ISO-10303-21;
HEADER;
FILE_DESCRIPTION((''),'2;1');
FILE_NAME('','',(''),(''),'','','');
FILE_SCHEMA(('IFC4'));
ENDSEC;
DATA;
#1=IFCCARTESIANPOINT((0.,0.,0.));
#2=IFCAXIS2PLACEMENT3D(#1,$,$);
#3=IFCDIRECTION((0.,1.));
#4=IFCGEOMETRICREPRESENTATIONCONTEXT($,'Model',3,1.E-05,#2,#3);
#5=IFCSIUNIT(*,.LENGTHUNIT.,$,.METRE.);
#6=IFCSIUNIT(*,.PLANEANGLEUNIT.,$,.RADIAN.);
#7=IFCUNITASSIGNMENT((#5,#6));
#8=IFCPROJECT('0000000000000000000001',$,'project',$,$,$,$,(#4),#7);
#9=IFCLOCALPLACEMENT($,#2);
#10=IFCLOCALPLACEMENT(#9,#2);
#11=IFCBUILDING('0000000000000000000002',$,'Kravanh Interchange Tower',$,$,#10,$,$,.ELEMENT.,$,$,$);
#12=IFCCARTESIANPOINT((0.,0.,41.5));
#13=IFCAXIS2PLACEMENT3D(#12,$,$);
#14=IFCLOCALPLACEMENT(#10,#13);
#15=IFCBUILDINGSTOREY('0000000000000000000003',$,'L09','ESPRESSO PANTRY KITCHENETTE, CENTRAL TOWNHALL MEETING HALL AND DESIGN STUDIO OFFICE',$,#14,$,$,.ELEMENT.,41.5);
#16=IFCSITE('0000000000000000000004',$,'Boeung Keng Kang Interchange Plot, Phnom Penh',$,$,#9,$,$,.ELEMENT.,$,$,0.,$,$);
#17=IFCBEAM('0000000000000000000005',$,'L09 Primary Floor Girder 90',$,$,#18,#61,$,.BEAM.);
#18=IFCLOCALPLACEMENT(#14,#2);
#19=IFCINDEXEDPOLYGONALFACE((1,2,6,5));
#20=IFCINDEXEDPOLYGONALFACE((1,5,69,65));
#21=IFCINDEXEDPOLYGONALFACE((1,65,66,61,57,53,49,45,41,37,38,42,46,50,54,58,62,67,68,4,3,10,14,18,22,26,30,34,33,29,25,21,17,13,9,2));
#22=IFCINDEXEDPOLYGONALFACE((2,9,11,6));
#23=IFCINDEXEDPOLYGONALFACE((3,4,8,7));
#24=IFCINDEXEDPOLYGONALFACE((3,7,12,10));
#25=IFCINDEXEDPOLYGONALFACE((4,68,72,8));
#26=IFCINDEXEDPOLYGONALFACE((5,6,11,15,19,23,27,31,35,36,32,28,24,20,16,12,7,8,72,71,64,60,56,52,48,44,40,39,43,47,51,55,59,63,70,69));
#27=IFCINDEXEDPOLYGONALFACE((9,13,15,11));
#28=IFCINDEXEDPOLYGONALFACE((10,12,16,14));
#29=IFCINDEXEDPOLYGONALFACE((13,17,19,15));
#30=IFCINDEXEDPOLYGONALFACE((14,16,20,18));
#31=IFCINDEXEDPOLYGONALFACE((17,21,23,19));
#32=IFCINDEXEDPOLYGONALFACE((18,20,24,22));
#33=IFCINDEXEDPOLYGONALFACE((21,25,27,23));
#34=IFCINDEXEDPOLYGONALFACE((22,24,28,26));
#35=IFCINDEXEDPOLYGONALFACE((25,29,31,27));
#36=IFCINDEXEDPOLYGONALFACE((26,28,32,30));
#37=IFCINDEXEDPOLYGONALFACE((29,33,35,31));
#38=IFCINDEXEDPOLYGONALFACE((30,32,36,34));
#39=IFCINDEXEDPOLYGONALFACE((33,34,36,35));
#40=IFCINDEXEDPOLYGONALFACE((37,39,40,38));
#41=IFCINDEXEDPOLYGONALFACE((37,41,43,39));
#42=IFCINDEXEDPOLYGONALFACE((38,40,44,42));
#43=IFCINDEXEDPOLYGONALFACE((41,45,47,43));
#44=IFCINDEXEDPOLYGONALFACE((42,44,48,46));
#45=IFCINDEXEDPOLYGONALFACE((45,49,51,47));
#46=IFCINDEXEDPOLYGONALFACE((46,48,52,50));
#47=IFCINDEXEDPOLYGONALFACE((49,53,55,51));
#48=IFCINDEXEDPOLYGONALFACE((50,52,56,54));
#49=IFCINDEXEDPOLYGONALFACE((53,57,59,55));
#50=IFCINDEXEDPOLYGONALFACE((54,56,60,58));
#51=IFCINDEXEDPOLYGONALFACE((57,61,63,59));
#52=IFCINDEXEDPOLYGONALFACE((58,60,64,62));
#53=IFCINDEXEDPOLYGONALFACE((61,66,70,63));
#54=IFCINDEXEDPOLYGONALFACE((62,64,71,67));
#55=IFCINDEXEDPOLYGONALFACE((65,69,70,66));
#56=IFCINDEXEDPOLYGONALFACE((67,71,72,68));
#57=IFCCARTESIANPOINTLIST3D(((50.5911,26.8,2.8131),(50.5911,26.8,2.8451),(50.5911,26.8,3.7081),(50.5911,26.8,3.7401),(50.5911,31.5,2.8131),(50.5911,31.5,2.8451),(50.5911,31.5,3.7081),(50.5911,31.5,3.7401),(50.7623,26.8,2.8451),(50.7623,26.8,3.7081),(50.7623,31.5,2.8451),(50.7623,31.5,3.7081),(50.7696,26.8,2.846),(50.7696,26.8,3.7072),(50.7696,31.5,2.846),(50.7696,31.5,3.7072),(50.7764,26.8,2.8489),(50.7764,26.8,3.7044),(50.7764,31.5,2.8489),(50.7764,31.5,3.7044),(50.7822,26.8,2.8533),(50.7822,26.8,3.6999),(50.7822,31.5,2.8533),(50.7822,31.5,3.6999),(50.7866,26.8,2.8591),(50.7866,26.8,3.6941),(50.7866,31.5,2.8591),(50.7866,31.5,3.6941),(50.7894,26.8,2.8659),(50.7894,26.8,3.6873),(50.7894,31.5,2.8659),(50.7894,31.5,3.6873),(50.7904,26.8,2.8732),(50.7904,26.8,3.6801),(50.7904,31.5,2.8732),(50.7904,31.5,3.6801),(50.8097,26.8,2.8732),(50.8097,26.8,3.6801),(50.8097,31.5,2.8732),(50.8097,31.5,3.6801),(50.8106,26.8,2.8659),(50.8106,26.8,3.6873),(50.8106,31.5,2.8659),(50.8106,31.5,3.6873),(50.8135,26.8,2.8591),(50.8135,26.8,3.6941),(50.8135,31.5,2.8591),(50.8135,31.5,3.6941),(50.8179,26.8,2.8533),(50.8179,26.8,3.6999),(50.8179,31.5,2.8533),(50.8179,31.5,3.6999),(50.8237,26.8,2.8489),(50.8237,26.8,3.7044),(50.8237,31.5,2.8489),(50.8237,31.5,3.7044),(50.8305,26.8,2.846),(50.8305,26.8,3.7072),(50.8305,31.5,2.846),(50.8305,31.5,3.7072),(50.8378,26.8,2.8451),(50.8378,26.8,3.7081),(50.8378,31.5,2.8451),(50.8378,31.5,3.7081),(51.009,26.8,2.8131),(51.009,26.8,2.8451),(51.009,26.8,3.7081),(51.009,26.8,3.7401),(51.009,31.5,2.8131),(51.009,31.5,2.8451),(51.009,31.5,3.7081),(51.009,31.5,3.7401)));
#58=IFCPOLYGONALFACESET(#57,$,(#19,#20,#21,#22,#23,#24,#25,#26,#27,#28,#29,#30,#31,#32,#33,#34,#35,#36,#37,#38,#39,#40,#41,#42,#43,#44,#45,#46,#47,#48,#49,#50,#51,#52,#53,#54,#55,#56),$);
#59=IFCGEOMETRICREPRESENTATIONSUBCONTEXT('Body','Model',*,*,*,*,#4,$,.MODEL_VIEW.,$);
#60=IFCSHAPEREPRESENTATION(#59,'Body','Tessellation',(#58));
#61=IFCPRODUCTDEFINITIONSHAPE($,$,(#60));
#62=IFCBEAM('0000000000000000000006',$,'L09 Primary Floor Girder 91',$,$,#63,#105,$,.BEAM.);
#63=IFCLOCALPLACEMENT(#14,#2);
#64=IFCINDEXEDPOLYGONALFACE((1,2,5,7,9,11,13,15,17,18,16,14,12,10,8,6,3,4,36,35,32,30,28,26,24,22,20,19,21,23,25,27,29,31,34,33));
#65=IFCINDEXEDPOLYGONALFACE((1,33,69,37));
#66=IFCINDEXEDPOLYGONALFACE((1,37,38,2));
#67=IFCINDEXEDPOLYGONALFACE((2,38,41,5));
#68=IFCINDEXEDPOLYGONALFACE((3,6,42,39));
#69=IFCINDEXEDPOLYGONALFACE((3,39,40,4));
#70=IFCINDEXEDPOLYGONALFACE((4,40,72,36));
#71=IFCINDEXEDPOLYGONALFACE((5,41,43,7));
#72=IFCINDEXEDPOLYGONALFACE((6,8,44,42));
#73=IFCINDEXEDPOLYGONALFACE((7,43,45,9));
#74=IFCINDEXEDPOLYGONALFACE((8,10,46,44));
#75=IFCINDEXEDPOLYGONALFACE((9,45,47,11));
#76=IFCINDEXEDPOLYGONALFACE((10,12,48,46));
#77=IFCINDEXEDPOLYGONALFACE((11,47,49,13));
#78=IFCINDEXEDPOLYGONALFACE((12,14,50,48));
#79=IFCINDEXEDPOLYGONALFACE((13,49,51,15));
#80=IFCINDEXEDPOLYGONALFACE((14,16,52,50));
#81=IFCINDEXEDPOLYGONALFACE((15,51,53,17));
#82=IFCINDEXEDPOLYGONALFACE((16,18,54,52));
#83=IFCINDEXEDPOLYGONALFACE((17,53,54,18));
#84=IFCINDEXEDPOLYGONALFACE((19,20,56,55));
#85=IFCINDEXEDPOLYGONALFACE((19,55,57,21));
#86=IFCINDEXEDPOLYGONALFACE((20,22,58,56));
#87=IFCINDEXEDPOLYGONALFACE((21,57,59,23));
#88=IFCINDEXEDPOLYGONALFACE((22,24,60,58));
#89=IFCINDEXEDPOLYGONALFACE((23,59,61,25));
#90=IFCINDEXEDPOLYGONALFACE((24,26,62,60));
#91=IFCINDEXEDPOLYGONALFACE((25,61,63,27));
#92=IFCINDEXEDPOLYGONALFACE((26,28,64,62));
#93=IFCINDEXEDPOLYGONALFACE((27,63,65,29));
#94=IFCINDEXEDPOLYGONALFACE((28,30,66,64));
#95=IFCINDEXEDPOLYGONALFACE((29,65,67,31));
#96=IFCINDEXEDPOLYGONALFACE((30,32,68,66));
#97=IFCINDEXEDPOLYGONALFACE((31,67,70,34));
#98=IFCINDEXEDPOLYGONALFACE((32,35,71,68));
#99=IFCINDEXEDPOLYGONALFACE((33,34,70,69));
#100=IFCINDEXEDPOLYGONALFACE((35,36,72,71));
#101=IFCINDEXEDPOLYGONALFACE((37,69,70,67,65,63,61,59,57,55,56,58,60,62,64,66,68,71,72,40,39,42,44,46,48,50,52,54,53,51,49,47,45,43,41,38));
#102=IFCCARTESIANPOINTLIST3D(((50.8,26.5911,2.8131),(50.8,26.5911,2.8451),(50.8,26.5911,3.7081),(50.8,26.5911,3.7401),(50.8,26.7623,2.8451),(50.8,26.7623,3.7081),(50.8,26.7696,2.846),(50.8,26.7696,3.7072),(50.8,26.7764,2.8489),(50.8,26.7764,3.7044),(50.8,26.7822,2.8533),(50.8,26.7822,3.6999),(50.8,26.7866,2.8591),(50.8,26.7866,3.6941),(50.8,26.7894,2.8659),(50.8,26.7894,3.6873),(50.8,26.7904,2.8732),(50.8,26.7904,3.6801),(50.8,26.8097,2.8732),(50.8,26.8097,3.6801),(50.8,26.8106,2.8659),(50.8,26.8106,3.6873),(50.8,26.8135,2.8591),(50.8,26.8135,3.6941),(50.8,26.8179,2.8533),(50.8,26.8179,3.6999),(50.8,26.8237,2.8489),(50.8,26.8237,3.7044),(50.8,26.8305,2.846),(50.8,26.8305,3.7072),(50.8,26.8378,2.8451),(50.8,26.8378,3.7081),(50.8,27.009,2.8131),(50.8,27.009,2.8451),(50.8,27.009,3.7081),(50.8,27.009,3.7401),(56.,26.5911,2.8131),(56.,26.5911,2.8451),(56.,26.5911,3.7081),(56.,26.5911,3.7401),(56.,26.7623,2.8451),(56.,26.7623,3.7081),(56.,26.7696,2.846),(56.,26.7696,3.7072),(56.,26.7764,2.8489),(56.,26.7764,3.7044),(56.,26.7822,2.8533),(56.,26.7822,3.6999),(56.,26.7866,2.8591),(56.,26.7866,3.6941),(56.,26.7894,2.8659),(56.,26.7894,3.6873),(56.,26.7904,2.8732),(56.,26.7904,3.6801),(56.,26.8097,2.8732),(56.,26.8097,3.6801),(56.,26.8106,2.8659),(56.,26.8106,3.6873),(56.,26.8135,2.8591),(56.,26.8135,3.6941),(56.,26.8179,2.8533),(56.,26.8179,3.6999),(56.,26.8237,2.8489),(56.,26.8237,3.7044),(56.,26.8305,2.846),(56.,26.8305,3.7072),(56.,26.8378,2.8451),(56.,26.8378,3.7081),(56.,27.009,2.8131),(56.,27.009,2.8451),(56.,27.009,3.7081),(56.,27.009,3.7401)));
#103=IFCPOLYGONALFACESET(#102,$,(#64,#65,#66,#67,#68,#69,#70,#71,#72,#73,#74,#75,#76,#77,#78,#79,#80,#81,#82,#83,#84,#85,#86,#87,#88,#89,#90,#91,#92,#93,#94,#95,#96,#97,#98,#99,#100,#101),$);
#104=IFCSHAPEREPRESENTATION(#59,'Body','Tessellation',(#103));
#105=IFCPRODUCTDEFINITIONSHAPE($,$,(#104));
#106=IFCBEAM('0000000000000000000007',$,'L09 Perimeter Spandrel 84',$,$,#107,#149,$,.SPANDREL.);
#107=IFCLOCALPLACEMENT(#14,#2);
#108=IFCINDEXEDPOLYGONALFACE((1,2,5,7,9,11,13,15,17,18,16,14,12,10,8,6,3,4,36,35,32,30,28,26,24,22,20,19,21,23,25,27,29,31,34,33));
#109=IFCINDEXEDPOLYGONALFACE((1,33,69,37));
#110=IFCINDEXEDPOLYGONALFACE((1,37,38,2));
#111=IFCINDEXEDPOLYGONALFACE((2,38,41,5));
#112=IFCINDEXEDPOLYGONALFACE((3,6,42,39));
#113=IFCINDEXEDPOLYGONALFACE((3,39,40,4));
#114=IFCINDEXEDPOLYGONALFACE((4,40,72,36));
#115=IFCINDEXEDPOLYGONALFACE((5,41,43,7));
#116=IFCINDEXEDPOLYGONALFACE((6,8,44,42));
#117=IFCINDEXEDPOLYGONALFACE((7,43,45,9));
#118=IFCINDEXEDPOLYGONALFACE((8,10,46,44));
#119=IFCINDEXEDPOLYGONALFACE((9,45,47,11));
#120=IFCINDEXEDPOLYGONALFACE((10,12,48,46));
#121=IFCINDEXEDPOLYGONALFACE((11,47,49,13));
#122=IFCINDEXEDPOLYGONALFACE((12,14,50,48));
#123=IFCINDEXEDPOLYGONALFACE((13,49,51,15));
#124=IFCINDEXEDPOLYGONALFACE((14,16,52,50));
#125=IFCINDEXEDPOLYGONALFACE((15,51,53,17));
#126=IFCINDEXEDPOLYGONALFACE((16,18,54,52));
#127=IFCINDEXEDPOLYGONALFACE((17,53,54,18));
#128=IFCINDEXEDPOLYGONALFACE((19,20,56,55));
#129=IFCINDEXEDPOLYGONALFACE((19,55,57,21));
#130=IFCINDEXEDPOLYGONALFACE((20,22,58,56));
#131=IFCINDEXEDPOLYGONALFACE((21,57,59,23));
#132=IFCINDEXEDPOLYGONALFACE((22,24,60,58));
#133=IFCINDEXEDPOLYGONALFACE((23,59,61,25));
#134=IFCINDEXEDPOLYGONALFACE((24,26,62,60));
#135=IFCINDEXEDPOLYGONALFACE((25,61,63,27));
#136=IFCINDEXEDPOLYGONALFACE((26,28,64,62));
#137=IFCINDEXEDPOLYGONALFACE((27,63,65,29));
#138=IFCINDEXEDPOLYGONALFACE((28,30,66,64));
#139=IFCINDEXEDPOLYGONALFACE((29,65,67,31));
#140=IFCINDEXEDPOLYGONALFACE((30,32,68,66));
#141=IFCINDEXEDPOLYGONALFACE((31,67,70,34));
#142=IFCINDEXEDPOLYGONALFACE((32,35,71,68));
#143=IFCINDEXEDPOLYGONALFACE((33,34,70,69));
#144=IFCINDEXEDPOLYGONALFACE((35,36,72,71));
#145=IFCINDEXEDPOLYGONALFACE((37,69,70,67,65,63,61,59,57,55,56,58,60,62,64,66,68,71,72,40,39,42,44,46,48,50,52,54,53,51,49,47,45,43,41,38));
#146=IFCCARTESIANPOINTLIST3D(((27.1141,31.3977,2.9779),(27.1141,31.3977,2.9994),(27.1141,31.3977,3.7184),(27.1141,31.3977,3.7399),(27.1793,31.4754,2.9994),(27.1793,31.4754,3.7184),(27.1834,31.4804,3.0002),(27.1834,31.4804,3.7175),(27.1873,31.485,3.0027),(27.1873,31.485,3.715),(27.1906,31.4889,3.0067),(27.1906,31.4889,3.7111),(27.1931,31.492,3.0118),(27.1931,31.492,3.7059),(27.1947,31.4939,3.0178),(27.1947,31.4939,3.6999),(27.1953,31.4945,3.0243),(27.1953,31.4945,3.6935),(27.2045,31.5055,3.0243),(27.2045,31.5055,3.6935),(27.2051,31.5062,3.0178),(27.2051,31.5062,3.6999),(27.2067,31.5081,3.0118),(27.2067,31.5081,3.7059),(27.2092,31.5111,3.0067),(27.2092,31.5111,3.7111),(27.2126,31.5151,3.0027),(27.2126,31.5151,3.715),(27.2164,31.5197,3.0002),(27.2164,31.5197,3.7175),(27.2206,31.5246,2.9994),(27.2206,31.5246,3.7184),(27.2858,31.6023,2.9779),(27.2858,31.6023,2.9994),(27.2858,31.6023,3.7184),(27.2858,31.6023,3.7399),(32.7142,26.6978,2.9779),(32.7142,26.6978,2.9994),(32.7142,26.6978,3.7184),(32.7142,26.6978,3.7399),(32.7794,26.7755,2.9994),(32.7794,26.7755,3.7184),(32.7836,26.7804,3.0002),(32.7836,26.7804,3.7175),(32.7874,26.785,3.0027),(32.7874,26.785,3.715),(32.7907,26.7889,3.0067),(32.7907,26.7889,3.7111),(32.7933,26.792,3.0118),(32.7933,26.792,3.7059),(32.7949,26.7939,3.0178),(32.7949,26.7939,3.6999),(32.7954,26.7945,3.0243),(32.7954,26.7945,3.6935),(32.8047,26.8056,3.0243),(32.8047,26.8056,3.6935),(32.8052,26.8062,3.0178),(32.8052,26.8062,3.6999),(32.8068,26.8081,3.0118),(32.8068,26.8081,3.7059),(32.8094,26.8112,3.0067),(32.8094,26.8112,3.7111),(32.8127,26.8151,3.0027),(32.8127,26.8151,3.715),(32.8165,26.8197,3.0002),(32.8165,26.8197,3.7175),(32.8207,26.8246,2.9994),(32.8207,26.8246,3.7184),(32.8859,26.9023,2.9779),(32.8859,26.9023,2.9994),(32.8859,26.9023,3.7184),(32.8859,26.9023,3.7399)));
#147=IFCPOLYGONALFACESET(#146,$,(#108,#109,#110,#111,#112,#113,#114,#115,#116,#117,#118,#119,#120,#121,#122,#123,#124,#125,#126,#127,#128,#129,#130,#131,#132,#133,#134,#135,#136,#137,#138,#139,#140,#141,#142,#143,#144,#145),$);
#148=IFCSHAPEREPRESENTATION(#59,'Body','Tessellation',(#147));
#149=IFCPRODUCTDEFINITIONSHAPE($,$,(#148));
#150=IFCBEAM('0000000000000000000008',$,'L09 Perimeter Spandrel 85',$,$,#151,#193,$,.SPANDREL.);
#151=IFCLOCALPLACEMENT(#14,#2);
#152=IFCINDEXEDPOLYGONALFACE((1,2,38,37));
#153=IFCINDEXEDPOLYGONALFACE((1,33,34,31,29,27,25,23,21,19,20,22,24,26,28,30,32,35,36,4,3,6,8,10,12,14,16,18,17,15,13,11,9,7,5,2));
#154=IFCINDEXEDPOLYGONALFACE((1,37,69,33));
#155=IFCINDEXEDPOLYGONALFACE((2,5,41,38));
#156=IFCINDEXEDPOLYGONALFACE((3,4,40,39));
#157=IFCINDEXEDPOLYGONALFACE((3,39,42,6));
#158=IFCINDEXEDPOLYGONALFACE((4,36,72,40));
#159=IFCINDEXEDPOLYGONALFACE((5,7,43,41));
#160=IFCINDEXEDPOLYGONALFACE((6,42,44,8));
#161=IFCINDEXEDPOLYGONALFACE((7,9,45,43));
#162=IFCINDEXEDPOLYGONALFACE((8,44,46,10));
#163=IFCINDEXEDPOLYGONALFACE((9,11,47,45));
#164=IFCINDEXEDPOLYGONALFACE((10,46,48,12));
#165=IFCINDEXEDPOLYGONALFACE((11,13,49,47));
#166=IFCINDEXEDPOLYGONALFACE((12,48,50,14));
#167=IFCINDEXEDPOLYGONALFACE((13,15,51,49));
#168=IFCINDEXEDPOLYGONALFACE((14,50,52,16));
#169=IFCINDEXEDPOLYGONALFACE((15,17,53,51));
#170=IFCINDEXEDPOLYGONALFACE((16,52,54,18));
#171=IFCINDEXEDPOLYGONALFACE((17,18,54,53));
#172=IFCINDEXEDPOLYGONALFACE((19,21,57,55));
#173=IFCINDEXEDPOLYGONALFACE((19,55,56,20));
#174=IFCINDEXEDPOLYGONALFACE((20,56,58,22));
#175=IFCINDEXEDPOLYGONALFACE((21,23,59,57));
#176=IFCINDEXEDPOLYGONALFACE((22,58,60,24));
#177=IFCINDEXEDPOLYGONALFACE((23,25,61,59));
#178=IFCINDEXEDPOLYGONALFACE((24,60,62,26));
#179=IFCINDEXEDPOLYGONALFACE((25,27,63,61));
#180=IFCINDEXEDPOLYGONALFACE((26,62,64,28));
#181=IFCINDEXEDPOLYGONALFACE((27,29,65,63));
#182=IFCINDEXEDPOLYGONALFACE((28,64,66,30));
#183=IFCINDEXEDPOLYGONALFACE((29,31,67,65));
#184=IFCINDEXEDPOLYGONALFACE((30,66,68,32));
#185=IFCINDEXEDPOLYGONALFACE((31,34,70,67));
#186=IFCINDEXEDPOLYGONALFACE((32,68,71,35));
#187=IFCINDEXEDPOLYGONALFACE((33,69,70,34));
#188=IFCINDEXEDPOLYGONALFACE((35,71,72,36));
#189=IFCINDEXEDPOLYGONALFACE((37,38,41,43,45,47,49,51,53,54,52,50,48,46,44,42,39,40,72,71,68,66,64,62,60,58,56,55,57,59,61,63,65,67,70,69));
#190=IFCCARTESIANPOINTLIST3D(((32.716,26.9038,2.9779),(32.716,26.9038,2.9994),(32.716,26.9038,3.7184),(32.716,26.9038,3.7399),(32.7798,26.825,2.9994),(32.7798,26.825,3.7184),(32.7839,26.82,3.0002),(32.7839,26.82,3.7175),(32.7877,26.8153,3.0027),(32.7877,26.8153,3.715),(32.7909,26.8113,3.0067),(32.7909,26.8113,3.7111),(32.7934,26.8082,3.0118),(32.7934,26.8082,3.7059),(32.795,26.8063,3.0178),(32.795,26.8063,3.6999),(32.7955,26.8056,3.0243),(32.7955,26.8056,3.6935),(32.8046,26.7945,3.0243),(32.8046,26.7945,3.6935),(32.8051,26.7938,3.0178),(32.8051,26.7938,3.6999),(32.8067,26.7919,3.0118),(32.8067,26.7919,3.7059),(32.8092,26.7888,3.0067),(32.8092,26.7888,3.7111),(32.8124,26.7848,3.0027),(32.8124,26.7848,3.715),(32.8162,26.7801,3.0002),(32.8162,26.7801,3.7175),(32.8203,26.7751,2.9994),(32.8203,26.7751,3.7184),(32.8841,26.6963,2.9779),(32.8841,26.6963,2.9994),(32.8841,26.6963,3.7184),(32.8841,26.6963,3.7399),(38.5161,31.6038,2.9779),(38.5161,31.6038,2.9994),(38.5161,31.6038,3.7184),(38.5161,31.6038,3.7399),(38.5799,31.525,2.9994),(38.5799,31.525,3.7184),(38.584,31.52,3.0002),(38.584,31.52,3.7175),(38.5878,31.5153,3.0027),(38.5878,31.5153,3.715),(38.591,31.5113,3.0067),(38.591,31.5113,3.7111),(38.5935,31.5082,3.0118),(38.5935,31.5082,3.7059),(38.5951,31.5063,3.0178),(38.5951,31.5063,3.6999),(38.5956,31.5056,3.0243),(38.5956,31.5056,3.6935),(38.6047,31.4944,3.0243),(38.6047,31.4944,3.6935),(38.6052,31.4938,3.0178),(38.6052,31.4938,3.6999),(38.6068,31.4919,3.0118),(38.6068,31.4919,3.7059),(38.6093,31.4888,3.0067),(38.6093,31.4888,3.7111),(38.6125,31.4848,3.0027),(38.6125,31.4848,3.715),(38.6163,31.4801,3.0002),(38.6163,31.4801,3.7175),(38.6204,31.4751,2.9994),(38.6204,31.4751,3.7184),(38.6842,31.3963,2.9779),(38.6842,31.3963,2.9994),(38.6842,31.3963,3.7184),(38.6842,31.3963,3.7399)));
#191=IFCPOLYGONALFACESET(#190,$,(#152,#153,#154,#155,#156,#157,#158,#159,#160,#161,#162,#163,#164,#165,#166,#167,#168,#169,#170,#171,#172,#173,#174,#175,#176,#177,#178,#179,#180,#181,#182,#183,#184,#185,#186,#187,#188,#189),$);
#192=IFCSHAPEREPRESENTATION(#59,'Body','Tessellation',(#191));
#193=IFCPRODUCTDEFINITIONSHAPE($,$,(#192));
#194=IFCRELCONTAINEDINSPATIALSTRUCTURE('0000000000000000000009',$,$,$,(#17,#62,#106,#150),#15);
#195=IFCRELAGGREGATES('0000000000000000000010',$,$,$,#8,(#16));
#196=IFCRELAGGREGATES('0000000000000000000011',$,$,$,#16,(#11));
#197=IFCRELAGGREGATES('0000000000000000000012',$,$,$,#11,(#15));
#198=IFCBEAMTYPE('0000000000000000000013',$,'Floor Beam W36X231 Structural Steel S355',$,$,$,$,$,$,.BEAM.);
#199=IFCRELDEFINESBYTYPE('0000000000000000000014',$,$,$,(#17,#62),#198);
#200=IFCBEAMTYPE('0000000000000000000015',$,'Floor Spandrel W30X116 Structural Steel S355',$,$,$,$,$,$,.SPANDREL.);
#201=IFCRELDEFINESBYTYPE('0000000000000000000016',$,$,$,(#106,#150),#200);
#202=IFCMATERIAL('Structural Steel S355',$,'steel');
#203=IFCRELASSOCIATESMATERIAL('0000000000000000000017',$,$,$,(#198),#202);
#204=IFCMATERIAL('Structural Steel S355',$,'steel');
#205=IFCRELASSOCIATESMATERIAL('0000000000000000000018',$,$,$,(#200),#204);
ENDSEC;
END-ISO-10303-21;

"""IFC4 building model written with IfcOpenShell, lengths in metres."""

from ifc_helpers import new_model, si_unit, direction, frame, origin, origin_2d, place, context, subcontext, project, spatial, i_section, extrude, material, material_profile, profile_set, type_object, element, save


model = new_model("IFC4")

# Units and contexts
model_context = context("Model", 3, precision=1e-05, world=origin(), true_north=direction((0.0, 1.0)))
body_context = subcontext(model_context, "Body", "Model", "MODEL_VIEW")
ifc_project = project(units=[si_unit("LENGTHUNIT", "METRE"), si_unit("PLANEANGLEUNIT", "RADIAN")], contexts=[model_context])

# Site, building, storey
site_placement = place(None, origin())
site = spatial("IfcSite", under=ifc_project, at=site_placement, Name="Boeung Keng Kang Interchange Plot, Phnom Penh", CompositionType="ELEMENT", RefElevation=0.0)
building_placement = place(site_placement, origin())
building = spatial("IfcBuilding", under=site, at=building_placement, Name="Kravanh Interchange Tower", CompositionType="ELEMENT")
storey_placement = place(building_placement, frame((0.0, 0.0, 41.5)))
storey = spatial("IfcBuildingStorey", under=building, at=storey_placement, Name="L09", Description="ESPRESSO PANTRY KITCHENETTE, CENTRAL TOWNHALL MEETING HALL AND DESIGN STUDIO OFFICE", CompositionType="ELEMENT", Elevation=41.5)

# Beams
ifc_material_1 = material(Name="Structural Steel S355", Category="steel")
ifc_material_profile_1 = material_profile(ifc_material_1, i_section(OverallWidth=0.418, OverallDepth=0.927, WebThickness=0.0193, FlangeThickness=0.032, FilletRadius=0.0281, at=origin_2d()), Name="W36X231")
ifc_profile_set_1 = profile_set([ifc_material_profile_1], Name="Structural Steel S355")
beam_type_1 = type_object("IfcBeamType", Name="Floor Beam W36X231 Structural Steel S355", PredefinedType="BEAM", material=ifc_profile_set_1)
beam_1_placement = place(storey_placement, frame((50.8, 26.8, 3.2766), z_axis=(0.0, 1.0, 0.0), x_axis=(-1.0, 0.0, 0.0)))
element("IfcBeam", 1, at=beam_1_placement, inside=storey, type_object=beam_type_1, Name="L09 Primary Floor Girder 90", PredefinedType="BEAM", context=body_context, shape_type="SweptSolid", body=[
    extrude(i_section(OverallWidth=0.418, OverallDepth=0.927, WebThickness=0.0193, FlangeThickness=0.032, FilletRadius=0.0281, at=origin_2d()), origin(), (0.0, 0.0, 1.0), 4.7),
])
beam_2_placement = place(storey_placement, frame((50.8, 26.8, 3.2766), z_axis=(1.0, 0.0, 0.0), x_axis=(0.0, 1.0, 0.0)))
element("IfcBeam", 2, at=beam_2_placement, inside=storey, type_object=beam_type_1, Name="L09 Primary Floor Girder 91", PredefinedType="BEAM", context=body_context, shape_type="SweptSolid", body=[
    extrude(i_section(OverallWidth=0.418, OverallDepth=0.927, WebThickness=0.0193, FlangeThickness=0.032, FilletRadius=0.0281, at=origin_2d()), origin(), (0.0, 0.0, 1.0), 5.2),
])
ifc_material_2 = material(Name="Structural Steel S355", Category="steel")
ifc_material_profile_2 = material_profile(ifc_material_2, i_section(OverallWidth=0.2671, OverallDepth=0.762, WebThickness=0.0144, FlangeThickness=0.0215, FilletRadius=0.0249, at=origin_2d()), Name="W30X116")
ifc_profile_set_2 = profile_set([ifc_material_profile_2], Name="Structural Steel S355")
beam_type_2 = type_object("IfcBeamType", Name="Floor Spandrel W30X116 Structural Steel S355", PredefinedType="SPANDREL", material=ifc_profile_set_2)
beam_3_placement = place(storey_placement, frame((32.8, 26.8, 3.3589), z_axis=(-0.765983, 0.642861, 0.0), x_axis=(-0.642861, -0.765983, 0.0)))
element("IfcBeam", 3, at=beam_3_placement, inside=storey, type_object=beam_type_2, Name="L09 Perimeter Spandrel 84", PredefinedType="SPANDREL", context=body_context, shape_type="SweptSolid", body=[
    extrude(i_section(OverallWidth=0.2671, OverallDepth=0.762, WebThickness=0.0144, FlangeThickness=0.0215, FilletRadius=0.0249, at=origin_2d()), origin(), (0.0, 0.0, 1.0), 7.311),
])
for number, where, z_axis, x_axis, name in (
    (4, (32.8, 26.8, 3.3589), (0.776939, 0.629576, 0.0), (-0.629576, 0.776939, 0.0), "L09 Perimeter Spandrel 85"),
):
    element("IfcBeam", number, at=place(storey_placement, frame(where, z_axis=z_axis, x_axis=x_axis)), inside=storey, type_object=beam_type_2, Name=name, PredefinedType="SPANDREL", context=body_context, shape_type="SweptSolid", body=[
        extrude(i_section(OverallWidth=0.2671, OverallDepth=0.762, WebThickness=0.0144, FlangeThickness=0.0215, FilletRadius=0.0249, at=origin_2d()), origin(), (0.0, 0.0, 1.0), 7.4653),
    ])

save(model, "model.ifc")
